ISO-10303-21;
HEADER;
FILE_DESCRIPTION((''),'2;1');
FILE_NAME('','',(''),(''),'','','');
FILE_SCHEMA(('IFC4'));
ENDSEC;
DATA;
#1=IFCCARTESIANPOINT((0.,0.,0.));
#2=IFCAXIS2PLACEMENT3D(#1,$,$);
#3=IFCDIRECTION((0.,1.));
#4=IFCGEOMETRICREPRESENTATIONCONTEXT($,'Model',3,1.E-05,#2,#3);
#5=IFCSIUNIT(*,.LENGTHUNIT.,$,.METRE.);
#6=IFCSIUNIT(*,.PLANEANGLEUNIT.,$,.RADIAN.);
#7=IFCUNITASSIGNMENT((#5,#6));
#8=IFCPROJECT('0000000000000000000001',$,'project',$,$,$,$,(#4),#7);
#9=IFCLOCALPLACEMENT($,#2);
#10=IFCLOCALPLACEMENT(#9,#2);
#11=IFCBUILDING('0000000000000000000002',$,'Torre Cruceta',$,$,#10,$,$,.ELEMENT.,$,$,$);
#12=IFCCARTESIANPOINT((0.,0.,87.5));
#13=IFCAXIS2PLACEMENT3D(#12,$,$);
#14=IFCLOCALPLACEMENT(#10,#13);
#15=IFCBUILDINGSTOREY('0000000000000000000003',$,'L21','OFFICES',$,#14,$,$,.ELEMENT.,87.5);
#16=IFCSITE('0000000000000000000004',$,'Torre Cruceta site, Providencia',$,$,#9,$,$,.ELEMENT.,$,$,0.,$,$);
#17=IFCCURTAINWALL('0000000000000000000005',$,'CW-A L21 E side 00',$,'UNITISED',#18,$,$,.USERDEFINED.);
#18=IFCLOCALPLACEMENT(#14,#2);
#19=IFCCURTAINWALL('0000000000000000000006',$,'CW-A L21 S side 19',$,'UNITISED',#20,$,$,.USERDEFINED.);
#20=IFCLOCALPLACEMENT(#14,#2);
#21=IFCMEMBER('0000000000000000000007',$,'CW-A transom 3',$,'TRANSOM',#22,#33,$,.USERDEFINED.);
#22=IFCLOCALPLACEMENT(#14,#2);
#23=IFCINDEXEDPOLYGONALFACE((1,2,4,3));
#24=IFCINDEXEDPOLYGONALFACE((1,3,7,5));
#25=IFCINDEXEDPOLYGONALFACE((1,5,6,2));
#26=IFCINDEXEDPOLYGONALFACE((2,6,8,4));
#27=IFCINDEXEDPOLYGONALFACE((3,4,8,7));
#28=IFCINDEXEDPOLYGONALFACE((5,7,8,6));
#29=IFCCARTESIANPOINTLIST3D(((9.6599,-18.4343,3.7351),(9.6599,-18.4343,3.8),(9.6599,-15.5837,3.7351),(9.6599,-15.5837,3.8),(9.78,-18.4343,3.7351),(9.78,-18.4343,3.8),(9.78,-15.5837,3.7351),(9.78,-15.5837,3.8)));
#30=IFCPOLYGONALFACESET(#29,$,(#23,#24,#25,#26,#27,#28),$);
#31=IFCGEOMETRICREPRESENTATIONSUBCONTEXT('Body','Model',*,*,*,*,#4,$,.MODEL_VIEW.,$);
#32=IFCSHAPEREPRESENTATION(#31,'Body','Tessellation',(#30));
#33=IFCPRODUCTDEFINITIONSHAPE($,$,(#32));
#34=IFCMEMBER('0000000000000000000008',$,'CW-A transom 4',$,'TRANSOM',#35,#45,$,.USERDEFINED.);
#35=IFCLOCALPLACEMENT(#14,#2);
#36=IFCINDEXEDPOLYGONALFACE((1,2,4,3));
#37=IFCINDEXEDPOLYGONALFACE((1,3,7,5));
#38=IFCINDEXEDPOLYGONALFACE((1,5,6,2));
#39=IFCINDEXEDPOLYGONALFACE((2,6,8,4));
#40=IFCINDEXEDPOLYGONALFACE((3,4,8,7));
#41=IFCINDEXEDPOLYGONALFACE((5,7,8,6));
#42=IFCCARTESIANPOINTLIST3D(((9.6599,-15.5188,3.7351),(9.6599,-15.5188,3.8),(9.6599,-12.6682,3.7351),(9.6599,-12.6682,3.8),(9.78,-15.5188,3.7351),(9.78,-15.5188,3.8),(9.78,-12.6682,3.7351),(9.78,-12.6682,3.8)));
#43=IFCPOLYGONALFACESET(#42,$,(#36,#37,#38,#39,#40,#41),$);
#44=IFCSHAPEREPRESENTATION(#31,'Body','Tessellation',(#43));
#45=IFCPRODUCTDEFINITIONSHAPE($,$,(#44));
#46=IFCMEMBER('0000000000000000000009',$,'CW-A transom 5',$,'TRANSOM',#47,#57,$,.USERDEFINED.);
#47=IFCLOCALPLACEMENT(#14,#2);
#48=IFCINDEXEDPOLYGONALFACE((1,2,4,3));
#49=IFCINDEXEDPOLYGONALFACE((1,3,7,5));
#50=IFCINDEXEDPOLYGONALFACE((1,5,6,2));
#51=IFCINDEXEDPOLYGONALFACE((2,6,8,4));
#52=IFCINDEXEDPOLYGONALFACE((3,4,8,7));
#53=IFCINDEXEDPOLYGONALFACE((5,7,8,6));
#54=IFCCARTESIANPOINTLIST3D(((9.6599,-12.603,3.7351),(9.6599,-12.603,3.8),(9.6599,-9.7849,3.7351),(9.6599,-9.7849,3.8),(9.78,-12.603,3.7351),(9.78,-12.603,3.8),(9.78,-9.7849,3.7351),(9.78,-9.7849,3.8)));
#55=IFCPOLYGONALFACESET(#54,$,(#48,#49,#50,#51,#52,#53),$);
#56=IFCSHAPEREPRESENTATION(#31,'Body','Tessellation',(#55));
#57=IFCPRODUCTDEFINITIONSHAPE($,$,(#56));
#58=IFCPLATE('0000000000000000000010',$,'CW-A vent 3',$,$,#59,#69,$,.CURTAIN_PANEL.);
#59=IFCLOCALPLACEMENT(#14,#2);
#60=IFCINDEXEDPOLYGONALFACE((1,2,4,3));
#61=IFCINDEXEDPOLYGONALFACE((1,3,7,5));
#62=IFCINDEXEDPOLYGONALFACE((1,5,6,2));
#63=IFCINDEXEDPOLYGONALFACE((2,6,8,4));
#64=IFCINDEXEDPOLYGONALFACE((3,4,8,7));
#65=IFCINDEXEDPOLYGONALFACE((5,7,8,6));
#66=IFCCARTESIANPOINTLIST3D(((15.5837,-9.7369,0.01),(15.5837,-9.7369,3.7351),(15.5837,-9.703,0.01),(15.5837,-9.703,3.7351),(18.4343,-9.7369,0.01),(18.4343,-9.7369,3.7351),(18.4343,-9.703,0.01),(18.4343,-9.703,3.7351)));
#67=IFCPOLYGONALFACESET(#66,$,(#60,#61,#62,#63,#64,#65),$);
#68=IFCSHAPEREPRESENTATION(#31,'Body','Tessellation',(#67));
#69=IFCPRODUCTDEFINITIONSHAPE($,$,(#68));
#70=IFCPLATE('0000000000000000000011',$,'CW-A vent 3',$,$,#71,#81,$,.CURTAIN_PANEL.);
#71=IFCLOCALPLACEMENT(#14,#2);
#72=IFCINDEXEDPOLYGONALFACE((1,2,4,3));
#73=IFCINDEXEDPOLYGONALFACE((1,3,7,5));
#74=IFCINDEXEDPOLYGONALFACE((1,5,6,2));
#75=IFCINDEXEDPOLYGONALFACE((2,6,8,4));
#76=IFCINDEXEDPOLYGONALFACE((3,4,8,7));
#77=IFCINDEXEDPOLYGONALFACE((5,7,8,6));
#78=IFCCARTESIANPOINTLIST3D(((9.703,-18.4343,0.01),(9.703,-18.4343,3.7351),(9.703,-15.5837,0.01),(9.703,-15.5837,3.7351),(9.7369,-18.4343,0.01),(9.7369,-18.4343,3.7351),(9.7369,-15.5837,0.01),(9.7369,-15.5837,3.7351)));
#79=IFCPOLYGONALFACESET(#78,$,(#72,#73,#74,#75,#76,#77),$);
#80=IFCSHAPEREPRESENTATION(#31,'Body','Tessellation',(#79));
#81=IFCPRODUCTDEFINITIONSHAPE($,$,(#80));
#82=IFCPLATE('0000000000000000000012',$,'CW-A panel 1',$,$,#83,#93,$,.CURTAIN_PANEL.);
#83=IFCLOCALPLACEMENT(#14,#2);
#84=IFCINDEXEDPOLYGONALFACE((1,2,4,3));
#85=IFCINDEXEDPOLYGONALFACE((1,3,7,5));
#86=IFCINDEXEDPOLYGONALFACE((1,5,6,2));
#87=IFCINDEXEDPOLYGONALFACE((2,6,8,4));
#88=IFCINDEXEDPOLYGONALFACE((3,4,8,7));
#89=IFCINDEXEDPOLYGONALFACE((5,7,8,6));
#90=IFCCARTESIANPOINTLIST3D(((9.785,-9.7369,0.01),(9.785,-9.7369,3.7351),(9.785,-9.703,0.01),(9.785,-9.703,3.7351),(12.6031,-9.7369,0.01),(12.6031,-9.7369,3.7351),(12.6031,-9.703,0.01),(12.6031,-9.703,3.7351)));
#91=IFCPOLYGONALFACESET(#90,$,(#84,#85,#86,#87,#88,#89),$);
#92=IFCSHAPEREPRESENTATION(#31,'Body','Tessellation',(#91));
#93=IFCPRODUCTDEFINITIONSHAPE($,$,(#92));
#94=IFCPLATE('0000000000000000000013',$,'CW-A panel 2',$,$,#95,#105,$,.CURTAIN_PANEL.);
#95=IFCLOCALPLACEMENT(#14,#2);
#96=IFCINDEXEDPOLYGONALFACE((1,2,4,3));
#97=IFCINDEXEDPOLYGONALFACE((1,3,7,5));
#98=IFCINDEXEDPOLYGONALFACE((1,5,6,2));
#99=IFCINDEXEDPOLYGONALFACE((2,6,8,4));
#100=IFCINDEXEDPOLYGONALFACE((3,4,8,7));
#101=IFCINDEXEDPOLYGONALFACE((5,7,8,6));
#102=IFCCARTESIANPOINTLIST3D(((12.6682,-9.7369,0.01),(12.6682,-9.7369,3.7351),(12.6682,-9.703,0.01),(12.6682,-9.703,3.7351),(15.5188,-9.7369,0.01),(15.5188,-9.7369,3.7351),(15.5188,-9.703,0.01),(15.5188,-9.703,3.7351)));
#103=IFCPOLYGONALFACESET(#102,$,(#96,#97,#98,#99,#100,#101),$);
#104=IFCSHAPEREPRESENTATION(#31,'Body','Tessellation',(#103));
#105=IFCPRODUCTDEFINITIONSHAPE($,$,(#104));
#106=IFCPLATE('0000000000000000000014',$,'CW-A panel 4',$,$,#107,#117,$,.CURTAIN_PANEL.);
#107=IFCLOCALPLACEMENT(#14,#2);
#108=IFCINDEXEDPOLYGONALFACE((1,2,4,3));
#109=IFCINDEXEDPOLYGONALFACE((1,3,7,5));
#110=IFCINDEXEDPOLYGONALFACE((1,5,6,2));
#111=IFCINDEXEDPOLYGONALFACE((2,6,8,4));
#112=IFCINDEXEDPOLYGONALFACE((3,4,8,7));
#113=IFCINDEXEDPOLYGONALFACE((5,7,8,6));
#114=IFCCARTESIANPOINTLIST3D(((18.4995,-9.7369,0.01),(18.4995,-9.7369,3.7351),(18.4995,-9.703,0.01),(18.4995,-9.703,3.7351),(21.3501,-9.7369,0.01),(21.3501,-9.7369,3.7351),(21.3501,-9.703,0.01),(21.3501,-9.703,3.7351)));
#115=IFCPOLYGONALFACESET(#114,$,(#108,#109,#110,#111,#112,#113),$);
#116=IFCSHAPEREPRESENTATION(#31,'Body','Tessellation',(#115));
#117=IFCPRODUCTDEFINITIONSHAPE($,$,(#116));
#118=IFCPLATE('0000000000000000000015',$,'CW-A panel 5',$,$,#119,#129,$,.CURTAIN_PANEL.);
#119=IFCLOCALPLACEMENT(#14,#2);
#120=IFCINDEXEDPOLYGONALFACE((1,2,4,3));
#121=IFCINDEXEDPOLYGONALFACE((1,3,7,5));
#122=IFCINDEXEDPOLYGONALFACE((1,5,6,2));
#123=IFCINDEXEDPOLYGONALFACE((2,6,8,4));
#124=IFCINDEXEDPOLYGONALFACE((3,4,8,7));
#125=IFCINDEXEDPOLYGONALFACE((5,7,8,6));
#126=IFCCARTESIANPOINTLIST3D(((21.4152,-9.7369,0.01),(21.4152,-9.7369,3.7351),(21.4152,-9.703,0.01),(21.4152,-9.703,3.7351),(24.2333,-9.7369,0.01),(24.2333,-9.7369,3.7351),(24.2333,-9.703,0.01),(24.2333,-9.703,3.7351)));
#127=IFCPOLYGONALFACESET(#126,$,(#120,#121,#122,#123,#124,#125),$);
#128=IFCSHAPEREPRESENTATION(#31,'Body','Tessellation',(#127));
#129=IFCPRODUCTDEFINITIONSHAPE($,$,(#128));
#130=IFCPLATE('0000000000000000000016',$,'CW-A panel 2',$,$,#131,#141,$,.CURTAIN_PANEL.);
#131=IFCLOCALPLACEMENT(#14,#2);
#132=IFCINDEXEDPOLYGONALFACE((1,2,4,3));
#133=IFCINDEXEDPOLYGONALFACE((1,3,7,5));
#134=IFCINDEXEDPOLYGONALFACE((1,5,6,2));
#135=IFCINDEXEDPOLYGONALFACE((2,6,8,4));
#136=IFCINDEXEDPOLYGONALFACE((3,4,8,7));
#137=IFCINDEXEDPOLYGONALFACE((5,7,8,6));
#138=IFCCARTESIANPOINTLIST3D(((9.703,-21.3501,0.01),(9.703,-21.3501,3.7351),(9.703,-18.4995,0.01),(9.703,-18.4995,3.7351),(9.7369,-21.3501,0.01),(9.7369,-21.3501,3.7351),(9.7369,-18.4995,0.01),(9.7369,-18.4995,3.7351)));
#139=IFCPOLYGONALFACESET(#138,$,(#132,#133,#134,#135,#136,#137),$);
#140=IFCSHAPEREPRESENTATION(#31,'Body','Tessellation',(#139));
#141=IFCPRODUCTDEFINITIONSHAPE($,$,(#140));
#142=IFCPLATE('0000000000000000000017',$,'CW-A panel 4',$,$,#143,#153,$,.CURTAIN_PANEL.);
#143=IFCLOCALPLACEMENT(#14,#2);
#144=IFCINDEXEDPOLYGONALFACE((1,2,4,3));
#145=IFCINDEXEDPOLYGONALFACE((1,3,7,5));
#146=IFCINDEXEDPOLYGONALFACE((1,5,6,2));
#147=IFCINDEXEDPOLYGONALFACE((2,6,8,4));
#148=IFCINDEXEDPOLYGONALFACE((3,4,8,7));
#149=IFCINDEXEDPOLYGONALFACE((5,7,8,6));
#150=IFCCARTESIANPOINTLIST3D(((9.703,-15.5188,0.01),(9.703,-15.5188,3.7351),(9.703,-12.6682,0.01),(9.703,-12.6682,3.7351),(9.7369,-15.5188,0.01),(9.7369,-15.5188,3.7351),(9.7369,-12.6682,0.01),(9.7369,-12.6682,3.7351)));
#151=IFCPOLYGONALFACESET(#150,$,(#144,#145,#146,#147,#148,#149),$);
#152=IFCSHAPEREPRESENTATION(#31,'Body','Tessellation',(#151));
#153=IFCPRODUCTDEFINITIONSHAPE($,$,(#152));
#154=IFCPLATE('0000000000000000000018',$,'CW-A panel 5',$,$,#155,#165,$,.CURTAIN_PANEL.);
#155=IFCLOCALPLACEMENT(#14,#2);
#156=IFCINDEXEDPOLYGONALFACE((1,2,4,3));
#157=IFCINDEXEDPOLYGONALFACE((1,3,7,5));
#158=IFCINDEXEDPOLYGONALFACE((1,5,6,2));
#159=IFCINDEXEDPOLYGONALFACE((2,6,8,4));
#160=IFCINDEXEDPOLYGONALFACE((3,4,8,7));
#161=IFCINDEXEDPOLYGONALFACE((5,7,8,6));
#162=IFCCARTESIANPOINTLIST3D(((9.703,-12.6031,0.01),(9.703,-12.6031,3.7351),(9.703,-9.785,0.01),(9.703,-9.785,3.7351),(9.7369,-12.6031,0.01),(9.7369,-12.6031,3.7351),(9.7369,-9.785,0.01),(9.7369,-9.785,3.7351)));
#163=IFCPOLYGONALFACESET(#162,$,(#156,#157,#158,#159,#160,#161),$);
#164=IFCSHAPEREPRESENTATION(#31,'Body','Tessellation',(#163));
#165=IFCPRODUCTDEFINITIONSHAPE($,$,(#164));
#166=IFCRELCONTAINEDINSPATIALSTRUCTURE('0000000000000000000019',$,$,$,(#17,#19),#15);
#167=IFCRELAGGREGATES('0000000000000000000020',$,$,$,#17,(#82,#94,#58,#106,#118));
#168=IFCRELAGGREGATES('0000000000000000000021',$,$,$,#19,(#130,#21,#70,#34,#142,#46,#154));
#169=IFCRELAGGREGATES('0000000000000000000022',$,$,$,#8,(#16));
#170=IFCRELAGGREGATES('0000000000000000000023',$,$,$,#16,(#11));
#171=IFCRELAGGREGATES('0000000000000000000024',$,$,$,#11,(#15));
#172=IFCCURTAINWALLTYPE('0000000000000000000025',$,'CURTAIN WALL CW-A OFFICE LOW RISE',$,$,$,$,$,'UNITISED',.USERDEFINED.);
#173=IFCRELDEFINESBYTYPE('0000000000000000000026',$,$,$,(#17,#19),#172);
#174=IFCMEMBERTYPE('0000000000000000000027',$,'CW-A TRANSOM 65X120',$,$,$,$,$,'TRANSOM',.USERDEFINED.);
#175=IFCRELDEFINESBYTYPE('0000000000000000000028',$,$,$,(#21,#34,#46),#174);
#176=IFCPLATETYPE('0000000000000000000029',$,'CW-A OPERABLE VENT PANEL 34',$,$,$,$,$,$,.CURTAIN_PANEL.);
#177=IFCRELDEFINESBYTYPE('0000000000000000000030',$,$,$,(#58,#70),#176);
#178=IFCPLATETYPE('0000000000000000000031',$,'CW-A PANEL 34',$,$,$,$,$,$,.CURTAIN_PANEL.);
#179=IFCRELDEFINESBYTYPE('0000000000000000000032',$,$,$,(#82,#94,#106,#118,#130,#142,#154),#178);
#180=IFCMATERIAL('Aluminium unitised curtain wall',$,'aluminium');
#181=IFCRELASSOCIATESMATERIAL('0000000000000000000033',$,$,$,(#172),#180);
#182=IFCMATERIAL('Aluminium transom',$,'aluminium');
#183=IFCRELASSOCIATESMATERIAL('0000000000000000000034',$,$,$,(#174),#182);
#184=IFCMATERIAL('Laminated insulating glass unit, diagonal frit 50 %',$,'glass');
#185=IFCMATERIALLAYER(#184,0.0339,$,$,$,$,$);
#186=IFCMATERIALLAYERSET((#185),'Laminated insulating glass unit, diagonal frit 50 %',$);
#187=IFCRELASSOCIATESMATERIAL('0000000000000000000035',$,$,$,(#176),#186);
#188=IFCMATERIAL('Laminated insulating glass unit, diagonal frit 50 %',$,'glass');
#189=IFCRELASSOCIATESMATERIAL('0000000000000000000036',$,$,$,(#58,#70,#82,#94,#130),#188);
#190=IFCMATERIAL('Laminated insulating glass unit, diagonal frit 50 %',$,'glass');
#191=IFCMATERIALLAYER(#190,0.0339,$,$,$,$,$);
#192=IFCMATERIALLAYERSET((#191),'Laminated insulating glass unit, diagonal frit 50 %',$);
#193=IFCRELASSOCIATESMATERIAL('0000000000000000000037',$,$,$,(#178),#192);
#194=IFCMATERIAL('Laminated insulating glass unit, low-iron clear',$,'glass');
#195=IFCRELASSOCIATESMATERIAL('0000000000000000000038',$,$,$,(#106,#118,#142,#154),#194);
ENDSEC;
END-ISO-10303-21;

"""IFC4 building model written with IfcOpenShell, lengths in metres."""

from ifc_helpers import new_model, si_unit, direction, frame, origin, origin_2d, place, context, subcontext, project, spatial, rectangle, extrude, material, layer, layer_set, material_profile, profile_set, type_object, element, aggregate, save


model = new_model("IFC4")

# Units and contexts
model_context = context("Model", 3, precision=1e-05, world=origin(), true_north=direction((0.0, 1.0)))
body_context = subcontext(model_context, "Body", "Model", "MODEL_VIEW")
ifc_project = project(units=[si_unit("LENGTHUNIT", "METRE"), si_unit("PLANEANGLEUNIT", "RADIAN")], contexts=[model_context])

# Site, building, storey
site_placement = place(None, origin())
site = spatial("IfcSite", under=ifc_project, at=site_placement, Name="Torre Cruceta site, Providencia", CompositionType="ELEMENT", RefElevation=0.0)
building_placement = place(site_placement, origin())
building = spatial("IfcBuilding", under=site, at=building_placement, Name="Torre Cruceta", CompositionType="ELEMENT")
storey_placement = place(building_placement, frame((0.0, 0.0, 87.5)))
storey = spatial("IfcBuildingStorey", under=building, at=storey_placement, Name="L21", Description="OFFICES", CompositionType="ELEMENT", Elevation=87.5)

# Curtain walls
ifc_material_1 = material(Name="Aluminium unitised curtain wall", Category="aluminium")
curtain_wall_type = type_object("IfcCurtainWallType", Name="CURTAIN WALL CW-A OFFICE LOW RISE", ElementType="UNITISED", PredefinedType="USERDEFINED", material=ifc_material_1)
curtain_wall_1_placement = place(storey_placement, origin())
curtain_wall_1 = element("IfcCurtainWall", 1, at=curtain_wall_1_placement, inside=storey, type_object=curtain_wall_type, Name="CW-A L21 E side 00", ObjectType="UNITISED", PredefinedType="USERDEFINED")
curtain_wall_2_placement = place(storey_placement, origin())
curtain_wall_2 = element("IfcCurtainWall", 2, at=curtain_wall_2_placement, inside=storey, type_object=curtain_wall_type, Name="CW-A L21 S side 19", ObjectType="UNITISED", PredefinedType="USERDEFINED")

# Members
ifc_material_2 = material(Name="Aluminium transom", Category="aluminium")
ifc_material_profile_1 = material_profile(ifc_material_2, rectangle(XDim=0.1201, YDim=0.0649, at=origin_2d()), Name="AL 120X65")
ifc_profile_set_1 = profile_set([ifc_material_profile_1], Name="Aluminium transom")
member_type_1 = type_object("IfcMemberType", Name="CW-A TRANSOM 65X120", ElementType="TRANSOM", PredefinedType="USERDEFINED", material=ifc_profile_set_1)
member_1_placement = place(storey_placement, frame((9.72, -18.4343, 3.7676), z_axis=(0.0, 1.0, 0.0), x_axis=(-1.0, 0.0, 0.0)))
member_1 = element("IfcMember", 3, at=member_1_placement, type_object=member_type_1, Name="CW-A transom 3", ObjectType="TRANSOM", PredefinedType="USERDEFINED", context=body_context, shape_type="SweptSolid", body=[
    extrude(rectangle(XDim=0.1201, YDim=0.0649, at=origin_2d()), origin(), (0.0, 0.0, 1.0), 2.8506),
])
member_2_placement = place(storey_placement, frame((9.72, -15.5188, 3.7676), z_axis=(0.0, 1.0, 0.0), x_axis=(-1.0, 0.0, 0.0)))
member_2 = element("IfcMember", 4, at=member_2_placement, type_object=member_type_1, Name="CW-A transom 4", ObjectType="TRANSOM", PredefinedType="USERDEFINED", context=body_context, shape_type="SweptSolid", body=[
    extrude(rectangle(XDim=0.1201, YDim=0.0649, at=origin_2d()), origin(), (0.0, 0.0, 1.0), 2.8506),
])
member_3_placement = place(storey_placement, frame((9.72, -12.603, 3.7676), z_axis=(0.0, 1.0, 0.0), x_axis=(-1.0, 0.0, 0.0)))
member_3 = element("IfcMember", 5, at=member_3_placement, type_object=member_type_1, Name="CW-A transom 5", ObjectType="TRANSOM", PredefinedType="USERDEFINED", context=body_context, shape_type="SweptSolid", body=[
    extrude(rectangle(XDim=0.1201, YDim=0.0649, at=origin_2d()), origin(), (0.0, 0.0, 1.0), 2.8181),
])

# Plates
ifc_material_3 = material(Name="Laminated insulating glass unit, diagonal frit 50 %", Category="glass")
ifc_material_4 = material(Name="Laminated insulating glass unit, diagonal frit 50 %", Category="glass")
ifc_layer_1 = layer(ifc_material_4, 0.0339)
ifc_layer_set_1 = layer_set([ifc_layer_1], Name="Laminated insulating glass unit, diagonal frit 50 %")
plate_type_1 = type_object("IfcPlateType", Name="CW-A OPERABLE VENT PANEL 34", PredefinedType="CURTAIN_PANEL", material=ifc_layer_set_1)
plate_1_placement = place(storey_placement, frame((17.009, -9.72, 0.01), z_axis=(0.0, 0.0, 1.0), x_axis=(1.0, 0.0, 0.0)))
plate_1 = element("IfcPlate", 6, at=plate_1_placement, type_object=plate_type_1, material=ifc_material_3, Name="CW-A vent 3", PredefinedType="CURTAIN_PANEL", context=body_context, shape_type="SweptSolid", body=[
    extrude(rectangle(XDim=2.8506, YDim=0.0339, at=origin_2d()), origin(), (0.0, 0.0, 1.0), 3.7251),
])
plate_2_placement = place(storey_placement, frame((9.72, -17.009, 0.01), z_axis=(0.0, 0.0, 1.0), x_axis=(0.0, 1.0, 0.0)))
plate_2 = element("IfcPlate", 7, at=plate_2_placement, type_object=plate_type_1, material=ifc_material_3, Name="CW-A vent 3", PredefinedType="CURTAIN_PANEL", context=body_context, shape_type="SweptSolid", body=[
    extrude(rectangle(XDim=2.8506, YDim=0.0339, at=origin_2d()), origin(), (0.0, 0.0, 1.0), 3.7251),
])
ifc_material_5 = material(Name="Laminated insulating glass unit, diagonal frit 50 %", Category="glass")
ifc_layer_2 = layer(ifc_material_5, 0.0339)
ifc_layer_set_2 = layer_set([ifc_layer_2], Name="Laminated insulating glass unit, diagonal frit 50 %")
plate_type_2 = type_object("IfcPlateType", Name="CW-A PANEL 34", PredefinedType="CURTAIN_PANEL", material=ifc_layer_set_2)
plate_3_placement = place(storey_placement, frame((11.1941, -9.72, 0.01), z_axis=(0.0, 0.0, 1.0), x_axis=(1.0, 0.0, 0.0)))
plate_3 = element("IfcPlate", 8, at=plate_3_placement, type_object=plate_type_2, material=ifc_material_3, Name="CW-A panel 1", PredefinedType="CURTAIN_PANEL", context=body_context, shape_type="SweptSolid", body=[
    extrude(rectangle(XDim=2.8181, YDim=0.0339, at=origin_2d()), origin(), (0.0, 0.0, 1.0), 3.7251),
])
plate_4_placement = place(storey_placement, frame((14.0935, -9.72, 0.01), z_axis=(0.0, 0.0, 1.0), x_axis=(1.0, 0.0, 0.0)))
plate_4 = element("IfcPlate", 9, at=plate_4_placement, type_object=plate_type_2, material=ifc_material_3, Name="CW-A panel 2", PredefinedType="CURTAIN_PANEL", context=body_context, shape_type="SweptSolid", body=[
    extrude(rectangle(XDim=2.8506, YDim=0.0339, at=origin_2d()), origin(), (0.0, 0.0, 1.0), 3.7251),
])
ifc_material_6 = material(Name="Laminated insulating glass unit, low-iron clear", Category="glass")
plate_5_placement = place(storey_placement, frame((19.9248, -9.72, 0.01), z_axis=(0.0, 0.0, 1.0), x_axis=(1.0, 0.0, 0.0)))
plate_5 = element("IfcPlate", 10, at=plate_5_placement, type_object=plate_type_2, material=ifc_material_6, Name="CW-A panel 4", PredefinedType="CURTAIN_PANEL", context=body_context, shape_type="SweptSolid", body=[
    extrude(rectangle(XDim=2.8506, YDim=0.0339, at=origin_2d()), origin(), (0.0, 0.0, 1.0), 3.7251),
])
plate_6_placement = place(storey_placement, frame((22.8242, -9.72, 0.01), z_axis=(0.0, 0.0, 1.0), x_axis=(1.0, 0.0, 0.0)))
plate_6 = element("IfcPlate", 11, at=plate_6_placement, type_object=plate_type_2, material=ifc_material_6, Name="CW-A panel 5", PredefinedType="CURTAIN_PANEL", context=body_context, shape_type="SweptSolid", body=[
    extrude(rectangle(XDim=2.8181, YDim=0.0339, at=origin_2d()), origin(), (0.0, 0.0, 1.0), 3.7251),
])
aggregate(curtain_wall_1, [plate_3, plate_4, plate_1, plate_5, plate_6])
plate_7_placement = place(storey_placement, frame((9.72, -19.9248, 0.01), z_axis=(0.0, 0.0, 1.0), x_axis=(0.0, 1.0, 0.0)))
plate_7 = element("IfcPlate", 12, at=plate_7_placement, type_object=plate_type_2, material=ifc_material_3, Name="CW-A panel 2", PredefinedType="CURTAIN_PANEL", context=body_context, shape_type="SweptSolid", body=[
    extrude(rectangle(XDim=2.8506, YDim=0.0339, at=origin_2d()), origin(), (0.0, 0.0, 1.0), 3.7251),
])
plate_8_placement = place(storey_placement, frame((9.72, -14.0935, 0.01), z_axis=(0.0, 0.0, 1.0), x_axis=(0.0, 1.0, 0.0)))
plate_8 = element("IfcPlate", 13, at=plate_8_placement, type_object=plate_type_2, material=ifc_material_6, Name="CW-A panel 4", PredefinedType="CURTAIN_PANEL", context=body_context, shape_type="SweptSolid", body=[
    extrude(rectangle(XDim=2.8506, YDim=0.0339, at=origin_2d()), origin(), (0.0, 0.0, 1.0), 3.7251),
])
plate_9_placement = place(storey_placement, frame((9.72, -11.1941, 0.01), z_axis=(0.0, 0.0, 1.0), x_axis=(0.0, 1.0, 0.0)))
plate_9 = element("IfcPlate", 14, at=plate_9_placement, type_object=plate_type_2, material=ifc_material_6, Name="CW-A panel 5", PredefinedType="CURTAIN_PANEL", context=body_context, shape_type="SweptSolid", body=[
    extrude(rectangle(XDim=2.8181, YDim=0.0339, at=origin_2d()), origin(), (0.0, 0.0, 1.0), 3.7251),
])
aggregate(curtain_wall_2, [plate_7, member_1, plate_2, member_2, plate_8, member_3, plate_9])

save(model, "model.ifc")
